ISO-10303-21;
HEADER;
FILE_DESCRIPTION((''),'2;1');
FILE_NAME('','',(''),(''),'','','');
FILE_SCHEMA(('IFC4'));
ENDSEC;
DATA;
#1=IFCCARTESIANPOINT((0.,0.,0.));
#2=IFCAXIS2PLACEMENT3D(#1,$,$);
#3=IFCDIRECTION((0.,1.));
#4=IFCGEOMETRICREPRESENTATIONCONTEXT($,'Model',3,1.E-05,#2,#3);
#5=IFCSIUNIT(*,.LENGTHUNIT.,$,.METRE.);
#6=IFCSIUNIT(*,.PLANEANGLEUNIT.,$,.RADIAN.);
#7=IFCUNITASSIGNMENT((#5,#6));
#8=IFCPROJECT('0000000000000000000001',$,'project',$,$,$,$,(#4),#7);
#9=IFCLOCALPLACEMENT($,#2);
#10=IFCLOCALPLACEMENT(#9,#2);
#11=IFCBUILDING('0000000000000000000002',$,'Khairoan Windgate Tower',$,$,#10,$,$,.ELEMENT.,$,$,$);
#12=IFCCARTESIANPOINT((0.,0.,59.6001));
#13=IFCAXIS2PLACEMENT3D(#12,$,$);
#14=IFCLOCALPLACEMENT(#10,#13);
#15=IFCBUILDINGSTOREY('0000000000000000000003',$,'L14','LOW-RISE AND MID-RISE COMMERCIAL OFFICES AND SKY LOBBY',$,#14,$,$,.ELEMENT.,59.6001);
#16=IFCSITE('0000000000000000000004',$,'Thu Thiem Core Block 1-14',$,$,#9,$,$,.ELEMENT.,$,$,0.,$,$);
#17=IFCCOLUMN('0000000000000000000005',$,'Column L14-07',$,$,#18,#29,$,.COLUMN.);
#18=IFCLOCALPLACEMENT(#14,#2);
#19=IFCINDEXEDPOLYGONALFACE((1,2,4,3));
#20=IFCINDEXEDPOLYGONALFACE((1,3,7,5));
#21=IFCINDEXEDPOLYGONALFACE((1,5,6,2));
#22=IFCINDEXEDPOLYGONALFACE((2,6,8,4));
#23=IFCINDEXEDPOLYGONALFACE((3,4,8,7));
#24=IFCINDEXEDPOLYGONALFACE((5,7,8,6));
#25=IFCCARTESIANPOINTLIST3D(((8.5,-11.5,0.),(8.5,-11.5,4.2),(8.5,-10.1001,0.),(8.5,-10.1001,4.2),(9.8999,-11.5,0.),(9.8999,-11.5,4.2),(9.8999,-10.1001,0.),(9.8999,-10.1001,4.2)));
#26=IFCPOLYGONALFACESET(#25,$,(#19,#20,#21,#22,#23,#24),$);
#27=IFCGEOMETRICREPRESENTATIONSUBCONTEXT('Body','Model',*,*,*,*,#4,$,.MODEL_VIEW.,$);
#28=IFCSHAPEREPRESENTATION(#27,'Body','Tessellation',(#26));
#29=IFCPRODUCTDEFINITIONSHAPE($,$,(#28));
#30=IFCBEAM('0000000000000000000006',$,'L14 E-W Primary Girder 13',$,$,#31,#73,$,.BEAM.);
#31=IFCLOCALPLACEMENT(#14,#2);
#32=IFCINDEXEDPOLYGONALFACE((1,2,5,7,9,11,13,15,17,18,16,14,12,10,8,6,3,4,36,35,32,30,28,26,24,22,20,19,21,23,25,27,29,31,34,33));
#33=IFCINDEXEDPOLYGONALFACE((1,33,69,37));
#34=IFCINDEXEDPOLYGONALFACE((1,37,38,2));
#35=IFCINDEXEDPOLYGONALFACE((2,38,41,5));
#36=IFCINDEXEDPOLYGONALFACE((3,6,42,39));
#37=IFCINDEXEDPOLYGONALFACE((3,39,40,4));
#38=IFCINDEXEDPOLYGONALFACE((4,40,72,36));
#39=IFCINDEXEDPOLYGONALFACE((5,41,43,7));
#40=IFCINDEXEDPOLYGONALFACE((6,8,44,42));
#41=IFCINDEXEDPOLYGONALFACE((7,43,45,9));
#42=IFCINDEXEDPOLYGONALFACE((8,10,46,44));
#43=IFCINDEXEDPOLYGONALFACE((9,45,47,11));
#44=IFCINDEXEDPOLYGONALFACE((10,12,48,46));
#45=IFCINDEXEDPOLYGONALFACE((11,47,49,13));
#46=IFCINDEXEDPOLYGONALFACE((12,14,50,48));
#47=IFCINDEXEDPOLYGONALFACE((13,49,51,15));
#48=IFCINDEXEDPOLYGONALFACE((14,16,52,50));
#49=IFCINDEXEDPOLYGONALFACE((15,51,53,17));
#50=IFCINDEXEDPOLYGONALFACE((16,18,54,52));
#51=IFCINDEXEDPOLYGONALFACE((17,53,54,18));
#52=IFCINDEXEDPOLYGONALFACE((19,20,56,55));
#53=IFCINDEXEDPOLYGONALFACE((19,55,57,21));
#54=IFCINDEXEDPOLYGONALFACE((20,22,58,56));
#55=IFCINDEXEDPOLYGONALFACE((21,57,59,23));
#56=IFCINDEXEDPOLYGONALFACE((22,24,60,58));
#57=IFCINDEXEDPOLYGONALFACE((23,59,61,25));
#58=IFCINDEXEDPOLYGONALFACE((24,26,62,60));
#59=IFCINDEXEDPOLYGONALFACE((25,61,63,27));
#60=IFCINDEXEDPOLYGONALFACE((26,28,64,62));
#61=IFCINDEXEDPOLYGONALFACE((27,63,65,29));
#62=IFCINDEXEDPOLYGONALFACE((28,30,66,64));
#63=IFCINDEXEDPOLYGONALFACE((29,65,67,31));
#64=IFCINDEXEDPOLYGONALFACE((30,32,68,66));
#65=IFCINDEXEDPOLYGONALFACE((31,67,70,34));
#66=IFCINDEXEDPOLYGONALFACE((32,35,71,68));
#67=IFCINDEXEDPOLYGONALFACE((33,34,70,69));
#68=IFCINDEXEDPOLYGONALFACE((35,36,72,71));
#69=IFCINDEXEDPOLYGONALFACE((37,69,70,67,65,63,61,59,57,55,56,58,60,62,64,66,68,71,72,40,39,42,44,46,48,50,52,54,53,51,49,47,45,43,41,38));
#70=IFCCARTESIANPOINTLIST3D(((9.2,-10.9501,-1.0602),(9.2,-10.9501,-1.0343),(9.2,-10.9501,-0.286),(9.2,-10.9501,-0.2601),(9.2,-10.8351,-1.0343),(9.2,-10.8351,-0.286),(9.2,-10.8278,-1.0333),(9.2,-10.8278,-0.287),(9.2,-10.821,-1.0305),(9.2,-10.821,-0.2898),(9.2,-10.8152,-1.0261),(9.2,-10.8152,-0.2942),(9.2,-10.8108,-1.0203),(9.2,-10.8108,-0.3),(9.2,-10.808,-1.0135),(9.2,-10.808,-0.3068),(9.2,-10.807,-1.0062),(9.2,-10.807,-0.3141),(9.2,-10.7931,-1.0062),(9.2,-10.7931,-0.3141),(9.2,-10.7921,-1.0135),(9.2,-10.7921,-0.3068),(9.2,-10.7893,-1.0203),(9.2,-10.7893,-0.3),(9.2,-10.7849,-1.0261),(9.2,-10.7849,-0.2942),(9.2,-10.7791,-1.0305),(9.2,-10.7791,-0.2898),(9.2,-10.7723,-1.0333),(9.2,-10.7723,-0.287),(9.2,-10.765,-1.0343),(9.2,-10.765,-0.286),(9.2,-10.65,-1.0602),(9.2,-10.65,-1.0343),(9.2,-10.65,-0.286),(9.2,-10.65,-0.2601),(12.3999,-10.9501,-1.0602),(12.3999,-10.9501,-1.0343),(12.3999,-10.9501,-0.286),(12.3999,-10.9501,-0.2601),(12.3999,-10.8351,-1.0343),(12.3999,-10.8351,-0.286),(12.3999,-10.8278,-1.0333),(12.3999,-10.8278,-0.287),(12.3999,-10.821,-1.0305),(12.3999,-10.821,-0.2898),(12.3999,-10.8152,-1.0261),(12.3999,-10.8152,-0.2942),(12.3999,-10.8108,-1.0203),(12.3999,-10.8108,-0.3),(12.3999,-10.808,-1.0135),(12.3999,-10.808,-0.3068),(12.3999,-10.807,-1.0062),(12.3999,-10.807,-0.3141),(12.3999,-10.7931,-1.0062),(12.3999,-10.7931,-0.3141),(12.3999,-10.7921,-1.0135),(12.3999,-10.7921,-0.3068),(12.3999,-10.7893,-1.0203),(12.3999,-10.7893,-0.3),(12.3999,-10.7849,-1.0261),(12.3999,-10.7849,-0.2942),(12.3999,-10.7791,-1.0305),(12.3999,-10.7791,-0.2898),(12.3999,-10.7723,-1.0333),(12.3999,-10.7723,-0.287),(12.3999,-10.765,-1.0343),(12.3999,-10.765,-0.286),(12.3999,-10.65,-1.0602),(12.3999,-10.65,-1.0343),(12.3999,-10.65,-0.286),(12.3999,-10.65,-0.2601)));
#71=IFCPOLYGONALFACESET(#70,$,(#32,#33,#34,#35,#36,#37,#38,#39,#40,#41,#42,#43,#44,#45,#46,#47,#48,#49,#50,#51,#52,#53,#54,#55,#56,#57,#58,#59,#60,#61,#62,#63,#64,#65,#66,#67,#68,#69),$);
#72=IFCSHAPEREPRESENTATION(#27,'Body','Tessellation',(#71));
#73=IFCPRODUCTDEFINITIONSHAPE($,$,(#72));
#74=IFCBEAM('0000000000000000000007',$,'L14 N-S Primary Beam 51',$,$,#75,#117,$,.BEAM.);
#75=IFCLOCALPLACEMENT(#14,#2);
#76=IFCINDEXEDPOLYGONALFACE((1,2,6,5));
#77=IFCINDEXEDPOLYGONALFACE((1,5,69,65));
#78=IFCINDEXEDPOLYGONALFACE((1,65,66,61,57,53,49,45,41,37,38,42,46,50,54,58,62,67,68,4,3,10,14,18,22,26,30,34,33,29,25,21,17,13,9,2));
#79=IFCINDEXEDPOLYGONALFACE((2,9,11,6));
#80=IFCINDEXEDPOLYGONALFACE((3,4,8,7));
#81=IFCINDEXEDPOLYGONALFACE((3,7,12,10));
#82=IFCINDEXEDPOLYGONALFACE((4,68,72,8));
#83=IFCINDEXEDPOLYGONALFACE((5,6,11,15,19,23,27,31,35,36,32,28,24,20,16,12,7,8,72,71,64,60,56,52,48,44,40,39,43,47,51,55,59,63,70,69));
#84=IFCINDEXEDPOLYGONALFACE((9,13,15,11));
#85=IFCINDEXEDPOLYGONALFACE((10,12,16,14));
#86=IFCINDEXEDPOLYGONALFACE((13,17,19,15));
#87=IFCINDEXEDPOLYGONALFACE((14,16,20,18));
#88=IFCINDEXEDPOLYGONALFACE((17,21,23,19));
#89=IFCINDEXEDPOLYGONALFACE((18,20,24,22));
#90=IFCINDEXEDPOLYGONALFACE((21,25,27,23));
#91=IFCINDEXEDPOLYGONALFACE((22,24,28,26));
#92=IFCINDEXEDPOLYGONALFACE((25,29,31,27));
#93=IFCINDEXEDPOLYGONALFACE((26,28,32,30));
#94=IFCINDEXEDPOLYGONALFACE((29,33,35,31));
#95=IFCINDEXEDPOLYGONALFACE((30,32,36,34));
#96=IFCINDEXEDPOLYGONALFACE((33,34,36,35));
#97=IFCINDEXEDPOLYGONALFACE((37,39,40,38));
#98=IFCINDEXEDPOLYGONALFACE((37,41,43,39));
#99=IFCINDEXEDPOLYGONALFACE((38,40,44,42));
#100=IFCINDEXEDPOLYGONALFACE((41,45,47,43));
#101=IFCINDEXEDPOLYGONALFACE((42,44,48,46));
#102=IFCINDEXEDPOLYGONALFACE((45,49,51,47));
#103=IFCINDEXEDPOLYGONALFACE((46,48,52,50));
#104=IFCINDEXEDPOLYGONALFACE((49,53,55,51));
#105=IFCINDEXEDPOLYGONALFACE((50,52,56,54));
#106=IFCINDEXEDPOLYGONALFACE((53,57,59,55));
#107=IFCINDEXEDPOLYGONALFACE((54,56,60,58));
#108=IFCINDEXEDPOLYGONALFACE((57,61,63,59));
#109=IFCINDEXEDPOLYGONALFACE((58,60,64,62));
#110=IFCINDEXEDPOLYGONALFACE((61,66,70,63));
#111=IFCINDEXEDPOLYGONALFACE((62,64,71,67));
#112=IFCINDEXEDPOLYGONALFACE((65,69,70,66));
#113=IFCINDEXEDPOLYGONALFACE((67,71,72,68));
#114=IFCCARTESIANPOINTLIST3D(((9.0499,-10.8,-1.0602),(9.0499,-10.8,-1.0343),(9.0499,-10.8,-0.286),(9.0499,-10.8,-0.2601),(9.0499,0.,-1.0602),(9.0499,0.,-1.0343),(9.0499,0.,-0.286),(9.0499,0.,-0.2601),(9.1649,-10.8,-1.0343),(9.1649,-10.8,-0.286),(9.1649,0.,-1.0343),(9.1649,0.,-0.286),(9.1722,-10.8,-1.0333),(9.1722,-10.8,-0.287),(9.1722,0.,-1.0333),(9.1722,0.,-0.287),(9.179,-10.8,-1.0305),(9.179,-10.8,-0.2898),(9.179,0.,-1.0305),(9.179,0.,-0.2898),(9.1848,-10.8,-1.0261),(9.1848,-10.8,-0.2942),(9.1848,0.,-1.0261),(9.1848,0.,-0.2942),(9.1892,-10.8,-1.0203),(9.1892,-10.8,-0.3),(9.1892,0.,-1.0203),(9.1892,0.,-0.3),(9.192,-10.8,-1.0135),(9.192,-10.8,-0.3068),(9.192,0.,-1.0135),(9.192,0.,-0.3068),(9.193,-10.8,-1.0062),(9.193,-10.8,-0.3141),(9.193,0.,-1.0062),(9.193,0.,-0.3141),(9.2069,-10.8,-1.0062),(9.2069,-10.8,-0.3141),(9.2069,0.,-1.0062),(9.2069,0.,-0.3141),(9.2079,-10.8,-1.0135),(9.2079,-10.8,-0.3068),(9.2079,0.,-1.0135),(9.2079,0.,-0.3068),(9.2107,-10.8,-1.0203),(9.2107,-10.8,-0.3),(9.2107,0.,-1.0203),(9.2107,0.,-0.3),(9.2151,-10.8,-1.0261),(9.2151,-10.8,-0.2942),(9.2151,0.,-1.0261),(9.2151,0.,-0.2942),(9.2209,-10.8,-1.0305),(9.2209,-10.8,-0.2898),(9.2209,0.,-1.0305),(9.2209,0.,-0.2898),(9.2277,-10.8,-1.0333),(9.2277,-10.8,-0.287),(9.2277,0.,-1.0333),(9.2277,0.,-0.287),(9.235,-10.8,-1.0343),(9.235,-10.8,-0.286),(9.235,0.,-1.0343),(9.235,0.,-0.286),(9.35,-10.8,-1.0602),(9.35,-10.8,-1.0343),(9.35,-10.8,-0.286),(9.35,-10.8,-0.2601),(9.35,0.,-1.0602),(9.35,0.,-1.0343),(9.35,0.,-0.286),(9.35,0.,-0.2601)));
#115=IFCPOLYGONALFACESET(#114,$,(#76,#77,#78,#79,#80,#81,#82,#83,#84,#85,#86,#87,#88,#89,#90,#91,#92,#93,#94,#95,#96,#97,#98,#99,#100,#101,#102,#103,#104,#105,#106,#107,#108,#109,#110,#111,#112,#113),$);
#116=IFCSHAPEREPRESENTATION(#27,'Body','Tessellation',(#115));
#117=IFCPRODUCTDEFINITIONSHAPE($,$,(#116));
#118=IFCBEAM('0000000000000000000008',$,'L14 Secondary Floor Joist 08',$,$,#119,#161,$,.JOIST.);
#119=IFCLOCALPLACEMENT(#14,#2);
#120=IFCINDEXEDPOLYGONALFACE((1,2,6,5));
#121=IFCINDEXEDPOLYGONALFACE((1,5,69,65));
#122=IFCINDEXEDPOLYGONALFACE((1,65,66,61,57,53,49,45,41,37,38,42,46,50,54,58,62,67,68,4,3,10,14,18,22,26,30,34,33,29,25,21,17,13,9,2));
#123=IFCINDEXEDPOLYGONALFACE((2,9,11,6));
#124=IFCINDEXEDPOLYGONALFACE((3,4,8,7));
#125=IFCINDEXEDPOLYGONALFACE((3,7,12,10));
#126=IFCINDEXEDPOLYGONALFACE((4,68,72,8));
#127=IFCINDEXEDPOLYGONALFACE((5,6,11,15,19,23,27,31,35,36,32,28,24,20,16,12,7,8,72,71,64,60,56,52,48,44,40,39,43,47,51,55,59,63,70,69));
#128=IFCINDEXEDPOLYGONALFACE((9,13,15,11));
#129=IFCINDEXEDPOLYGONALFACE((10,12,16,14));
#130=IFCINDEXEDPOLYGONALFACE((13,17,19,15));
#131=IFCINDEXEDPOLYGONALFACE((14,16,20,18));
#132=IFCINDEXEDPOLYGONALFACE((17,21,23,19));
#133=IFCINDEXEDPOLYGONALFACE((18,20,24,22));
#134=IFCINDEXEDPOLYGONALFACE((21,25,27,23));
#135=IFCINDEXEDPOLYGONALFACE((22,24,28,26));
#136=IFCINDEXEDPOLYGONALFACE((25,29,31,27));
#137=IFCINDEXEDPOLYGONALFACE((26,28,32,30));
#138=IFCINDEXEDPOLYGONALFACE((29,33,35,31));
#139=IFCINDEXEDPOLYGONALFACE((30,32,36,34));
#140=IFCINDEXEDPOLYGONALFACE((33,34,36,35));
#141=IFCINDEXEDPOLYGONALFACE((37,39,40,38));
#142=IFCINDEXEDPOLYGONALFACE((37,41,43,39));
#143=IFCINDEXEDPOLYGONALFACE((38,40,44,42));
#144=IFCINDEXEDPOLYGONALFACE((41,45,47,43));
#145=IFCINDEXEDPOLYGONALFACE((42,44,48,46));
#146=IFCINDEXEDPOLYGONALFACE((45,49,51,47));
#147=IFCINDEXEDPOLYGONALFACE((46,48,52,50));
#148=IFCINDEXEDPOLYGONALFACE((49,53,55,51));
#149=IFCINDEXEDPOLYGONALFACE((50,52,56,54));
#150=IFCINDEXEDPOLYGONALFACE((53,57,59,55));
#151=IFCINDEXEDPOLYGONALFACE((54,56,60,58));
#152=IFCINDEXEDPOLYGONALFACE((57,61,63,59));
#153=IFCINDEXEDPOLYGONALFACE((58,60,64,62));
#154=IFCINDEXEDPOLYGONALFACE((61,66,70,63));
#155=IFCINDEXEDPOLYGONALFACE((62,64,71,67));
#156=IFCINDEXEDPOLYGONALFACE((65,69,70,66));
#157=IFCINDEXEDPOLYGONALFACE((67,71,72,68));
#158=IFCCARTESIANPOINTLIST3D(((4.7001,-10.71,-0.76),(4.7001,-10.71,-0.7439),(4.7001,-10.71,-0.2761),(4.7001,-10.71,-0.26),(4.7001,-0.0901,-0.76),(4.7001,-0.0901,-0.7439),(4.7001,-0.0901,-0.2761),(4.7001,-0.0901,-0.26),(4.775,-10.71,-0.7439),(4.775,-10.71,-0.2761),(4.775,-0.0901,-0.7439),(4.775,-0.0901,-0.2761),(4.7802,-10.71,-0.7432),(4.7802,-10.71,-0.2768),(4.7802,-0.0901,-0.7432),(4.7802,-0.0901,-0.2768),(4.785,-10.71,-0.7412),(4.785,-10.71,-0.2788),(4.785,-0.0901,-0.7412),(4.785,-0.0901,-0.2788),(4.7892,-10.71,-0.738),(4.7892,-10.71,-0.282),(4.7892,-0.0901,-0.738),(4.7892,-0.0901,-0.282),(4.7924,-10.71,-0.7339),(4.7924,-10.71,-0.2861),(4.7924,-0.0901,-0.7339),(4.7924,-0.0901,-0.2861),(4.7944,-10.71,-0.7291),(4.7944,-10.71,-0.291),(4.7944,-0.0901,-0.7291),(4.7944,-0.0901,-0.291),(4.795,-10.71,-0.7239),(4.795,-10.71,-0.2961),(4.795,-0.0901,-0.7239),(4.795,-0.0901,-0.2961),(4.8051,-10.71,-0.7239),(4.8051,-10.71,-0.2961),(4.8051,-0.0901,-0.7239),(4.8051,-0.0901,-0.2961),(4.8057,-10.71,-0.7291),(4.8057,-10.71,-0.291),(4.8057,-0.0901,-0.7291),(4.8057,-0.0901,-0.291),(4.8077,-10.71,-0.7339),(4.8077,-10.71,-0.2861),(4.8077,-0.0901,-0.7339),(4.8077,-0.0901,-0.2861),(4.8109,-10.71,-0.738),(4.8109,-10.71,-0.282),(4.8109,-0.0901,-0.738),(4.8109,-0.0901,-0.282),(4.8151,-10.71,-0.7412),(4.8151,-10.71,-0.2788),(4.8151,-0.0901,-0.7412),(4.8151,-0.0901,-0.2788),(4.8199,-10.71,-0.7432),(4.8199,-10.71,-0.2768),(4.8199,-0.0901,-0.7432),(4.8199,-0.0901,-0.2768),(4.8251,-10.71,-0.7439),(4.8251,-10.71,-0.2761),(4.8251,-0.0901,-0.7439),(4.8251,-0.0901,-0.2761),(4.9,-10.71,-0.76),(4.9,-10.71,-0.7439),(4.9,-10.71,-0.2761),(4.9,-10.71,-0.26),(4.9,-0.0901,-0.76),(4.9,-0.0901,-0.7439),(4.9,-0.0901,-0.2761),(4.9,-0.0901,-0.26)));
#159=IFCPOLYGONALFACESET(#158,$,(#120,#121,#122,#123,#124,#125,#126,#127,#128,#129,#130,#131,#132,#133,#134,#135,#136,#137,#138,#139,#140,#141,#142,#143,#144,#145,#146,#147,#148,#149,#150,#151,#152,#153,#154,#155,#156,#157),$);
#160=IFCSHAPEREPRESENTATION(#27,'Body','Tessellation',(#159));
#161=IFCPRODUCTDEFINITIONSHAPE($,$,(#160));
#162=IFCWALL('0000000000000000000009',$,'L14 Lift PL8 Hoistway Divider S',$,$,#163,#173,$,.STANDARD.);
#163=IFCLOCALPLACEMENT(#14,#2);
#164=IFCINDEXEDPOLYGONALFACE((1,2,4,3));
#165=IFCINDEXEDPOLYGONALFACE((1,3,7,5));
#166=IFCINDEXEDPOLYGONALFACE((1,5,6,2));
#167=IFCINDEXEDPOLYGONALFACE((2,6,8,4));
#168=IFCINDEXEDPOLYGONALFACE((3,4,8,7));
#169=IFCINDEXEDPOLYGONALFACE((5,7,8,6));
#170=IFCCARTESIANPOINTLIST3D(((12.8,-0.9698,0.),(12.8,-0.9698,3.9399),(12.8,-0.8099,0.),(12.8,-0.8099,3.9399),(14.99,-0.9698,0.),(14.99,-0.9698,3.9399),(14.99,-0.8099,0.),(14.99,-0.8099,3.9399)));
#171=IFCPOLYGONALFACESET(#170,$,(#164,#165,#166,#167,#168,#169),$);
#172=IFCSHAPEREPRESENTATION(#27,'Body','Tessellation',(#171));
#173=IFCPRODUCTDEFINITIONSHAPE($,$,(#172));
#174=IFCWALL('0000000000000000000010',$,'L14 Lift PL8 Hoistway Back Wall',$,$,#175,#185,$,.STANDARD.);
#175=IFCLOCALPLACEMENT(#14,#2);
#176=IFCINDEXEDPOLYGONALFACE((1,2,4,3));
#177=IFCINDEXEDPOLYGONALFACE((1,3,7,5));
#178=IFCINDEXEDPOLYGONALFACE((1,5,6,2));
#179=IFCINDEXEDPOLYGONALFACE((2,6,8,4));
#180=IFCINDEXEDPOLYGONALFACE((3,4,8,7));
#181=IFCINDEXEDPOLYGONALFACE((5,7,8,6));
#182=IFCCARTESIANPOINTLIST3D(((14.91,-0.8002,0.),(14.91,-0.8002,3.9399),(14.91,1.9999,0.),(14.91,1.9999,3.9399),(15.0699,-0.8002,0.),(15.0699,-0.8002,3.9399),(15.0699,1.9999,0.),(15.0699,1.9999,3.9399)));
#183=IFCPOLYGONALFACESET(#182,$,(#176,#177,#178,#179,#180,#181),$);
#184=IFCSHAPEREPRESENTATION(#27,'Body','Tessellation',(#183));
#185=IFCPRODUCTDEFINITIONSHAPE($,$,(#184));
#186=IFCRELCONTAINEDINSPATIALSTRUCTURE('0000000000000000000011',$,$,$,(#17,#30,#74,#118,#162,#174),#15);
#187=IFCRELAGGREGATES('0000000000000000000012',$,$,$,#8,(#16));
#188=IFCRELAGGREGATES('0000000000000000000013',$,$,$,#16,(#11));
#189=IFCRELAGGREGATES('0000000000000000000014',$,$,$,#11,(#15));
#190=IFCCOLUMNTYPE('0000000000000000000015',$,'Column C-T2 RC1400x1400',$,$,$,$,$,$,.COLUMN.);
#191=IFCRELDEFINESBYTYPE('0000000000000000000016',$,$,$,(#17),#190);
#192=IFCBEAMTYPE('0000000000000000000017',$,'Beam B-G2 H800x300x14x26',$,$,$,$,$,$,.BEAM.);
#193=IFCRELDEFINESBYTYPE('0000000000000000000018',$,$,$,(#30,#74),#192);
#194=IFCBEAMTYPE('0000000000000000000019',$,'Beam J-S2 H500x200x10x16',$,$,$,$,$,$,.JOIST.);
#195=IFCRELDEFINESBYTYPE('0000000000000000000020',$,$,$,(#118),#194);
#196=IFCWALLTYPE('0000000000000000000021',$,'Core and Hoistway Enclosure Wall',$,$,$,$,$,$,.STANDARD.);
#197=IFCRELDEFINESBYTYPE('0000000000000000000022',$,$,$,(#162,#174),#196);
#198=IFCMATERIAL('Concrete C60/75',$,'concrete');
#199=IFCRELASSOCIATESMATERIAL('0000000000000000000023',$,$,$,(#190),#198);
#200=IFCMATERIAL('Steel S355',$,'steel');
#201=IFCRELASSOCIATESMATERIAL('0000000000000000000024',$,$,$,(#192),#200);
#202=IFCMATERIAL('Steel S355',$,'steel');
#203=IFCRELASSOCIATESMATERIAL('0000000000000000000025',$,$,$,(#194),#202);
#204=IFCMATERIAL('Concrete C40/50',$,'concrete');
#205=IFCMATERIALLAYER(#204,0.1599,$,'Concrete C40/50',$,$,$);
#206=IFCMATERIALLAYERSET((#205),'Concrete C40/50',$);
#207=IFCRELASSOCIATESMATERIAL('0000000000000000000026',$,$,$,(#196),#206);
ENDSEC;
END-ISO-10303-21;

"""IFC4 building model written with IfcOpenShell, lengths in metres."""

from ifc_helpers import new_model, si_unit, direction, frame, frame_2d, origin, origin_2d, place, context, subcontext, project, spatial, rectangle, i_section, extrude, material, layer, layer_set, material_profile, profile_set, type_object, element, save


model = new_model("IFC4")

# Units and contexts
model_context = context("Model", 3, precision=1e-05, world=origin(), true_north=direction((0.0, 1.0)))
body_context = subcontext(model_context, "Body", "Model", "MODEL_VIEW")
ifc_project = project(units=[si_unit("LENGTHUNIT", "METRE"), si_unit("PLANEANGLEUNIT", "RADIAN")], contexts=[model_context])

# Site, building, storey
site_placement = place(None, origin())
site = spatial("IfcSite", under=ifc_project, at=site_placement, Name="Thu Thiem Core Block 1-14", CompositionType="ELEMENT", RefElevation=0.0)
building_placement = place(site_placement, origin())
building = spatial("IfcBuilding", under=site, at=building_placement, Name="Khairoan Windgate Tower", CompositionType="ELEMENT")
storey_placement = place(building_placement, frame((0.0, 0.0, 59.6001)))
storey = spatial("IfcBuildingStorey", under=building, at=storey_placement, Name="L14", Description="LOW-RISE AND MID-RISE COMMERCIAL OFFICES AND SKY LOBBY", CompositionType="ELEMENT", Elevation=59.6001)

# Column
ifc_material_1 = material(Name="Concrete C60/75", Category="concrete")
ifc_material_profile_1 = material_profile(ifc_material_1, rectangle(XDim=1.3999, YDim=1.3999, at=origin_2d()))
ifc_profile_set_1 = profile_set([ifc_material_profile_1], Name="Concrete C60/75")
column_type = type_object("IfcColumnType", Name="Column C-T2 RC1400x1400", PredefinedType="COLUMN", material=ifc_profile_set_1)
column_placement = place(storey_placement, frame((9.2, -10.8, 0.0), z_axis=(0.0, 0.0, 1.0), x_axis=(1.0, 0.0, 0.0)))
element("IfcColumn", 1, at=column_placement, inside=storey, type_object=column_type, Name="Column L14-07", PredefinedType="COLUMN", context=body_context, shape_type="SweptSolid", body=[
    extrude(rectangle(XDim=1.3999, YDim=1.3999, at=origin_2d()), origin(), (0.0, 0.0, 1.0), 4.2),
])

# Beams
ifc_material_2 = material(Name="Steel S355", Category="steel")
ifc_material_profile_2 = material_profile(ifc_material_2, i_section(OverallWidth=0.3, OverallDepth=0.8, WebThickness=0.0139, FlangeThickness=0.0259, FilletRadius=0.0281, at=origin_2d()))
ifc_profile_set_2 = profile_set([ifc_material_profile_2], Name="Steel S355")
beam_type_1 = type_object("IfcBeamType", Name="Beam B-G2 H800x300x14x26", PredefinedType="BEAM", material=ifc_profile_set_2)
beam_1_placement = place(storey_placement, frame((9.2, -10.8, -0.6602), z_axis=(1.0, 0.0, 0.0), x_axis=(0.0, 1.0, 0.0)))
element("IfcBeam", 2, at=beam_1_placement, inside=storey, type_object=beam_type_1, Name="L14 E-W Primary Girder 13", PredefinedType="BEAM", context=body_context, shape_type="SweptSolid", body=[
    extrude(i_section(OverallWidth=0.3, OverallDepth=0.8, WebThickness=0.0139, FlangeThickness=0.0259, FilletRadius=0.0281, at=origin_2d()), origin(), (0.0, 0.0, 1.0), 3.2),
])
beam_2_placement = place(storey_placement, frame((9.2, -10.8, -0.6602), z_axis=(0.0, 1.0, 0.0), x_axis=(-1.0, 0.0, 0.0)))
element("IfcBeam", 3, at=beam_2_placement, inside=storey, type_object=beam_type_1, Name="L14 N-S Primary Beam 51", PredefinedType="BEAM", context=body_context, shape_type="SweptSolid", body=[
    extrude(i_section(OverallWidth=0.3, OverallDepth=0.8, WebThickness=0.0139, FlangeThickness=0.0259, FilletRadius=0.0281, at=origin_2d()), origin(), (0.0, 0.0, 1.0), 10.8),
])
ifc_material_3 = material(Name="Steel S355", Category="steel")
ifc_material_profile_3 = material_profile(ifc_material_3, i_section(OverallWidth=0.2, OverallDepth=0.5, WebThickness=0.01, FlangeThickness=0.0161, FilletRadius=0.02, at=origin_2d()))
ifc_profile_set_3 = profile_set([ifc_material_profile_3], Name="Steel S355")
beam_type_2 = type_object("IfcBeamType", Name="Beam J-S2 H500x200x10x16", PredefinedType="JOIST", material=ifc_profile_set_3)
beam_3_placement = place(storey_placement, frame((4.8, -10.71, -0.51), z_axis=(0.0, 1.0, 0.0), x_axis=(-1.0, 0.0, 0.0)))
element("IfcBeam", 4, at=beam_3_placement, inside=storey, type_object=beam_type_2, Name="L14 Secondary Floor Joist 08", PredefinedType="JOIST", context=body_context, shape_type="SweptSolid", body=[
    extrude(i_section(OverallWidth=0.2, OverallDepth=0.5, WebThickness=0.01, FlangeThickness=0.0161, FilletRadius=0.02, at=origin_2d()), origin(), (0.0, 0.0, 1.0), 10.6199),
])

# Walls
ifc_material_4 = material(Name="Concrete C40/50", Category="concrete")
ifc_layer_1 = layer(ifc_material_4, 0.1599, Name="Concrete C40/50")
ifc_layer_set_1 = layer_set([ifc_layer_1], Name="Concrete C40/50")
wall_type_1 = type_object("IfcWallType", Name="Core and Hoistway Enclosure Wall", PredefinedType="STANDARD", material=ifc_layer_set_1)
wall_1_placement = place(storey_placement, frame((12.8, -0.8899, 0.0), z_axis=(0.0, 0.0, 1.0), x_axis=(1.0, 0.0, 0.0)))
element("IfcWall", 5, at=wall_1_placement, inside=storey, type_object=wall_type_1, Name="L14 Lift PL8 Hoistway Divider S", PredefinedType="STANDARD", context=body_context, shape_type="SweptSolid", body=[
    extrude(rectangle(XDim=2.1899, YDim=0.1599, at=frame_2d((1.095, 0.0))), origin(), (0.0, 0.0, 1.0), 3.9399),
])
wall_2_placement = place(storey_placement, frame((14.99, -0.8, 0.0), z_axis=(0.0, 0.0, 1.0), x_axis=(0.0, 1.0, 0.0)))
element("IfcWall", 6, at=wall_2_placement, inside=storey, type_object=wall_type_1, Name="L14 Lift PL8 Hoistway Back Wall", PredefinedType="STANDARD", context=body_context, shape_type="SweptSolid", body=[
    extrude(rectangle(XDim=2.8, YDim=0.1599, at=frame_2d((1.3999, 0.0))), origin(), (0.0, 0.0, 1.0), 3.9399),
])

save(model, "model.ifc")
